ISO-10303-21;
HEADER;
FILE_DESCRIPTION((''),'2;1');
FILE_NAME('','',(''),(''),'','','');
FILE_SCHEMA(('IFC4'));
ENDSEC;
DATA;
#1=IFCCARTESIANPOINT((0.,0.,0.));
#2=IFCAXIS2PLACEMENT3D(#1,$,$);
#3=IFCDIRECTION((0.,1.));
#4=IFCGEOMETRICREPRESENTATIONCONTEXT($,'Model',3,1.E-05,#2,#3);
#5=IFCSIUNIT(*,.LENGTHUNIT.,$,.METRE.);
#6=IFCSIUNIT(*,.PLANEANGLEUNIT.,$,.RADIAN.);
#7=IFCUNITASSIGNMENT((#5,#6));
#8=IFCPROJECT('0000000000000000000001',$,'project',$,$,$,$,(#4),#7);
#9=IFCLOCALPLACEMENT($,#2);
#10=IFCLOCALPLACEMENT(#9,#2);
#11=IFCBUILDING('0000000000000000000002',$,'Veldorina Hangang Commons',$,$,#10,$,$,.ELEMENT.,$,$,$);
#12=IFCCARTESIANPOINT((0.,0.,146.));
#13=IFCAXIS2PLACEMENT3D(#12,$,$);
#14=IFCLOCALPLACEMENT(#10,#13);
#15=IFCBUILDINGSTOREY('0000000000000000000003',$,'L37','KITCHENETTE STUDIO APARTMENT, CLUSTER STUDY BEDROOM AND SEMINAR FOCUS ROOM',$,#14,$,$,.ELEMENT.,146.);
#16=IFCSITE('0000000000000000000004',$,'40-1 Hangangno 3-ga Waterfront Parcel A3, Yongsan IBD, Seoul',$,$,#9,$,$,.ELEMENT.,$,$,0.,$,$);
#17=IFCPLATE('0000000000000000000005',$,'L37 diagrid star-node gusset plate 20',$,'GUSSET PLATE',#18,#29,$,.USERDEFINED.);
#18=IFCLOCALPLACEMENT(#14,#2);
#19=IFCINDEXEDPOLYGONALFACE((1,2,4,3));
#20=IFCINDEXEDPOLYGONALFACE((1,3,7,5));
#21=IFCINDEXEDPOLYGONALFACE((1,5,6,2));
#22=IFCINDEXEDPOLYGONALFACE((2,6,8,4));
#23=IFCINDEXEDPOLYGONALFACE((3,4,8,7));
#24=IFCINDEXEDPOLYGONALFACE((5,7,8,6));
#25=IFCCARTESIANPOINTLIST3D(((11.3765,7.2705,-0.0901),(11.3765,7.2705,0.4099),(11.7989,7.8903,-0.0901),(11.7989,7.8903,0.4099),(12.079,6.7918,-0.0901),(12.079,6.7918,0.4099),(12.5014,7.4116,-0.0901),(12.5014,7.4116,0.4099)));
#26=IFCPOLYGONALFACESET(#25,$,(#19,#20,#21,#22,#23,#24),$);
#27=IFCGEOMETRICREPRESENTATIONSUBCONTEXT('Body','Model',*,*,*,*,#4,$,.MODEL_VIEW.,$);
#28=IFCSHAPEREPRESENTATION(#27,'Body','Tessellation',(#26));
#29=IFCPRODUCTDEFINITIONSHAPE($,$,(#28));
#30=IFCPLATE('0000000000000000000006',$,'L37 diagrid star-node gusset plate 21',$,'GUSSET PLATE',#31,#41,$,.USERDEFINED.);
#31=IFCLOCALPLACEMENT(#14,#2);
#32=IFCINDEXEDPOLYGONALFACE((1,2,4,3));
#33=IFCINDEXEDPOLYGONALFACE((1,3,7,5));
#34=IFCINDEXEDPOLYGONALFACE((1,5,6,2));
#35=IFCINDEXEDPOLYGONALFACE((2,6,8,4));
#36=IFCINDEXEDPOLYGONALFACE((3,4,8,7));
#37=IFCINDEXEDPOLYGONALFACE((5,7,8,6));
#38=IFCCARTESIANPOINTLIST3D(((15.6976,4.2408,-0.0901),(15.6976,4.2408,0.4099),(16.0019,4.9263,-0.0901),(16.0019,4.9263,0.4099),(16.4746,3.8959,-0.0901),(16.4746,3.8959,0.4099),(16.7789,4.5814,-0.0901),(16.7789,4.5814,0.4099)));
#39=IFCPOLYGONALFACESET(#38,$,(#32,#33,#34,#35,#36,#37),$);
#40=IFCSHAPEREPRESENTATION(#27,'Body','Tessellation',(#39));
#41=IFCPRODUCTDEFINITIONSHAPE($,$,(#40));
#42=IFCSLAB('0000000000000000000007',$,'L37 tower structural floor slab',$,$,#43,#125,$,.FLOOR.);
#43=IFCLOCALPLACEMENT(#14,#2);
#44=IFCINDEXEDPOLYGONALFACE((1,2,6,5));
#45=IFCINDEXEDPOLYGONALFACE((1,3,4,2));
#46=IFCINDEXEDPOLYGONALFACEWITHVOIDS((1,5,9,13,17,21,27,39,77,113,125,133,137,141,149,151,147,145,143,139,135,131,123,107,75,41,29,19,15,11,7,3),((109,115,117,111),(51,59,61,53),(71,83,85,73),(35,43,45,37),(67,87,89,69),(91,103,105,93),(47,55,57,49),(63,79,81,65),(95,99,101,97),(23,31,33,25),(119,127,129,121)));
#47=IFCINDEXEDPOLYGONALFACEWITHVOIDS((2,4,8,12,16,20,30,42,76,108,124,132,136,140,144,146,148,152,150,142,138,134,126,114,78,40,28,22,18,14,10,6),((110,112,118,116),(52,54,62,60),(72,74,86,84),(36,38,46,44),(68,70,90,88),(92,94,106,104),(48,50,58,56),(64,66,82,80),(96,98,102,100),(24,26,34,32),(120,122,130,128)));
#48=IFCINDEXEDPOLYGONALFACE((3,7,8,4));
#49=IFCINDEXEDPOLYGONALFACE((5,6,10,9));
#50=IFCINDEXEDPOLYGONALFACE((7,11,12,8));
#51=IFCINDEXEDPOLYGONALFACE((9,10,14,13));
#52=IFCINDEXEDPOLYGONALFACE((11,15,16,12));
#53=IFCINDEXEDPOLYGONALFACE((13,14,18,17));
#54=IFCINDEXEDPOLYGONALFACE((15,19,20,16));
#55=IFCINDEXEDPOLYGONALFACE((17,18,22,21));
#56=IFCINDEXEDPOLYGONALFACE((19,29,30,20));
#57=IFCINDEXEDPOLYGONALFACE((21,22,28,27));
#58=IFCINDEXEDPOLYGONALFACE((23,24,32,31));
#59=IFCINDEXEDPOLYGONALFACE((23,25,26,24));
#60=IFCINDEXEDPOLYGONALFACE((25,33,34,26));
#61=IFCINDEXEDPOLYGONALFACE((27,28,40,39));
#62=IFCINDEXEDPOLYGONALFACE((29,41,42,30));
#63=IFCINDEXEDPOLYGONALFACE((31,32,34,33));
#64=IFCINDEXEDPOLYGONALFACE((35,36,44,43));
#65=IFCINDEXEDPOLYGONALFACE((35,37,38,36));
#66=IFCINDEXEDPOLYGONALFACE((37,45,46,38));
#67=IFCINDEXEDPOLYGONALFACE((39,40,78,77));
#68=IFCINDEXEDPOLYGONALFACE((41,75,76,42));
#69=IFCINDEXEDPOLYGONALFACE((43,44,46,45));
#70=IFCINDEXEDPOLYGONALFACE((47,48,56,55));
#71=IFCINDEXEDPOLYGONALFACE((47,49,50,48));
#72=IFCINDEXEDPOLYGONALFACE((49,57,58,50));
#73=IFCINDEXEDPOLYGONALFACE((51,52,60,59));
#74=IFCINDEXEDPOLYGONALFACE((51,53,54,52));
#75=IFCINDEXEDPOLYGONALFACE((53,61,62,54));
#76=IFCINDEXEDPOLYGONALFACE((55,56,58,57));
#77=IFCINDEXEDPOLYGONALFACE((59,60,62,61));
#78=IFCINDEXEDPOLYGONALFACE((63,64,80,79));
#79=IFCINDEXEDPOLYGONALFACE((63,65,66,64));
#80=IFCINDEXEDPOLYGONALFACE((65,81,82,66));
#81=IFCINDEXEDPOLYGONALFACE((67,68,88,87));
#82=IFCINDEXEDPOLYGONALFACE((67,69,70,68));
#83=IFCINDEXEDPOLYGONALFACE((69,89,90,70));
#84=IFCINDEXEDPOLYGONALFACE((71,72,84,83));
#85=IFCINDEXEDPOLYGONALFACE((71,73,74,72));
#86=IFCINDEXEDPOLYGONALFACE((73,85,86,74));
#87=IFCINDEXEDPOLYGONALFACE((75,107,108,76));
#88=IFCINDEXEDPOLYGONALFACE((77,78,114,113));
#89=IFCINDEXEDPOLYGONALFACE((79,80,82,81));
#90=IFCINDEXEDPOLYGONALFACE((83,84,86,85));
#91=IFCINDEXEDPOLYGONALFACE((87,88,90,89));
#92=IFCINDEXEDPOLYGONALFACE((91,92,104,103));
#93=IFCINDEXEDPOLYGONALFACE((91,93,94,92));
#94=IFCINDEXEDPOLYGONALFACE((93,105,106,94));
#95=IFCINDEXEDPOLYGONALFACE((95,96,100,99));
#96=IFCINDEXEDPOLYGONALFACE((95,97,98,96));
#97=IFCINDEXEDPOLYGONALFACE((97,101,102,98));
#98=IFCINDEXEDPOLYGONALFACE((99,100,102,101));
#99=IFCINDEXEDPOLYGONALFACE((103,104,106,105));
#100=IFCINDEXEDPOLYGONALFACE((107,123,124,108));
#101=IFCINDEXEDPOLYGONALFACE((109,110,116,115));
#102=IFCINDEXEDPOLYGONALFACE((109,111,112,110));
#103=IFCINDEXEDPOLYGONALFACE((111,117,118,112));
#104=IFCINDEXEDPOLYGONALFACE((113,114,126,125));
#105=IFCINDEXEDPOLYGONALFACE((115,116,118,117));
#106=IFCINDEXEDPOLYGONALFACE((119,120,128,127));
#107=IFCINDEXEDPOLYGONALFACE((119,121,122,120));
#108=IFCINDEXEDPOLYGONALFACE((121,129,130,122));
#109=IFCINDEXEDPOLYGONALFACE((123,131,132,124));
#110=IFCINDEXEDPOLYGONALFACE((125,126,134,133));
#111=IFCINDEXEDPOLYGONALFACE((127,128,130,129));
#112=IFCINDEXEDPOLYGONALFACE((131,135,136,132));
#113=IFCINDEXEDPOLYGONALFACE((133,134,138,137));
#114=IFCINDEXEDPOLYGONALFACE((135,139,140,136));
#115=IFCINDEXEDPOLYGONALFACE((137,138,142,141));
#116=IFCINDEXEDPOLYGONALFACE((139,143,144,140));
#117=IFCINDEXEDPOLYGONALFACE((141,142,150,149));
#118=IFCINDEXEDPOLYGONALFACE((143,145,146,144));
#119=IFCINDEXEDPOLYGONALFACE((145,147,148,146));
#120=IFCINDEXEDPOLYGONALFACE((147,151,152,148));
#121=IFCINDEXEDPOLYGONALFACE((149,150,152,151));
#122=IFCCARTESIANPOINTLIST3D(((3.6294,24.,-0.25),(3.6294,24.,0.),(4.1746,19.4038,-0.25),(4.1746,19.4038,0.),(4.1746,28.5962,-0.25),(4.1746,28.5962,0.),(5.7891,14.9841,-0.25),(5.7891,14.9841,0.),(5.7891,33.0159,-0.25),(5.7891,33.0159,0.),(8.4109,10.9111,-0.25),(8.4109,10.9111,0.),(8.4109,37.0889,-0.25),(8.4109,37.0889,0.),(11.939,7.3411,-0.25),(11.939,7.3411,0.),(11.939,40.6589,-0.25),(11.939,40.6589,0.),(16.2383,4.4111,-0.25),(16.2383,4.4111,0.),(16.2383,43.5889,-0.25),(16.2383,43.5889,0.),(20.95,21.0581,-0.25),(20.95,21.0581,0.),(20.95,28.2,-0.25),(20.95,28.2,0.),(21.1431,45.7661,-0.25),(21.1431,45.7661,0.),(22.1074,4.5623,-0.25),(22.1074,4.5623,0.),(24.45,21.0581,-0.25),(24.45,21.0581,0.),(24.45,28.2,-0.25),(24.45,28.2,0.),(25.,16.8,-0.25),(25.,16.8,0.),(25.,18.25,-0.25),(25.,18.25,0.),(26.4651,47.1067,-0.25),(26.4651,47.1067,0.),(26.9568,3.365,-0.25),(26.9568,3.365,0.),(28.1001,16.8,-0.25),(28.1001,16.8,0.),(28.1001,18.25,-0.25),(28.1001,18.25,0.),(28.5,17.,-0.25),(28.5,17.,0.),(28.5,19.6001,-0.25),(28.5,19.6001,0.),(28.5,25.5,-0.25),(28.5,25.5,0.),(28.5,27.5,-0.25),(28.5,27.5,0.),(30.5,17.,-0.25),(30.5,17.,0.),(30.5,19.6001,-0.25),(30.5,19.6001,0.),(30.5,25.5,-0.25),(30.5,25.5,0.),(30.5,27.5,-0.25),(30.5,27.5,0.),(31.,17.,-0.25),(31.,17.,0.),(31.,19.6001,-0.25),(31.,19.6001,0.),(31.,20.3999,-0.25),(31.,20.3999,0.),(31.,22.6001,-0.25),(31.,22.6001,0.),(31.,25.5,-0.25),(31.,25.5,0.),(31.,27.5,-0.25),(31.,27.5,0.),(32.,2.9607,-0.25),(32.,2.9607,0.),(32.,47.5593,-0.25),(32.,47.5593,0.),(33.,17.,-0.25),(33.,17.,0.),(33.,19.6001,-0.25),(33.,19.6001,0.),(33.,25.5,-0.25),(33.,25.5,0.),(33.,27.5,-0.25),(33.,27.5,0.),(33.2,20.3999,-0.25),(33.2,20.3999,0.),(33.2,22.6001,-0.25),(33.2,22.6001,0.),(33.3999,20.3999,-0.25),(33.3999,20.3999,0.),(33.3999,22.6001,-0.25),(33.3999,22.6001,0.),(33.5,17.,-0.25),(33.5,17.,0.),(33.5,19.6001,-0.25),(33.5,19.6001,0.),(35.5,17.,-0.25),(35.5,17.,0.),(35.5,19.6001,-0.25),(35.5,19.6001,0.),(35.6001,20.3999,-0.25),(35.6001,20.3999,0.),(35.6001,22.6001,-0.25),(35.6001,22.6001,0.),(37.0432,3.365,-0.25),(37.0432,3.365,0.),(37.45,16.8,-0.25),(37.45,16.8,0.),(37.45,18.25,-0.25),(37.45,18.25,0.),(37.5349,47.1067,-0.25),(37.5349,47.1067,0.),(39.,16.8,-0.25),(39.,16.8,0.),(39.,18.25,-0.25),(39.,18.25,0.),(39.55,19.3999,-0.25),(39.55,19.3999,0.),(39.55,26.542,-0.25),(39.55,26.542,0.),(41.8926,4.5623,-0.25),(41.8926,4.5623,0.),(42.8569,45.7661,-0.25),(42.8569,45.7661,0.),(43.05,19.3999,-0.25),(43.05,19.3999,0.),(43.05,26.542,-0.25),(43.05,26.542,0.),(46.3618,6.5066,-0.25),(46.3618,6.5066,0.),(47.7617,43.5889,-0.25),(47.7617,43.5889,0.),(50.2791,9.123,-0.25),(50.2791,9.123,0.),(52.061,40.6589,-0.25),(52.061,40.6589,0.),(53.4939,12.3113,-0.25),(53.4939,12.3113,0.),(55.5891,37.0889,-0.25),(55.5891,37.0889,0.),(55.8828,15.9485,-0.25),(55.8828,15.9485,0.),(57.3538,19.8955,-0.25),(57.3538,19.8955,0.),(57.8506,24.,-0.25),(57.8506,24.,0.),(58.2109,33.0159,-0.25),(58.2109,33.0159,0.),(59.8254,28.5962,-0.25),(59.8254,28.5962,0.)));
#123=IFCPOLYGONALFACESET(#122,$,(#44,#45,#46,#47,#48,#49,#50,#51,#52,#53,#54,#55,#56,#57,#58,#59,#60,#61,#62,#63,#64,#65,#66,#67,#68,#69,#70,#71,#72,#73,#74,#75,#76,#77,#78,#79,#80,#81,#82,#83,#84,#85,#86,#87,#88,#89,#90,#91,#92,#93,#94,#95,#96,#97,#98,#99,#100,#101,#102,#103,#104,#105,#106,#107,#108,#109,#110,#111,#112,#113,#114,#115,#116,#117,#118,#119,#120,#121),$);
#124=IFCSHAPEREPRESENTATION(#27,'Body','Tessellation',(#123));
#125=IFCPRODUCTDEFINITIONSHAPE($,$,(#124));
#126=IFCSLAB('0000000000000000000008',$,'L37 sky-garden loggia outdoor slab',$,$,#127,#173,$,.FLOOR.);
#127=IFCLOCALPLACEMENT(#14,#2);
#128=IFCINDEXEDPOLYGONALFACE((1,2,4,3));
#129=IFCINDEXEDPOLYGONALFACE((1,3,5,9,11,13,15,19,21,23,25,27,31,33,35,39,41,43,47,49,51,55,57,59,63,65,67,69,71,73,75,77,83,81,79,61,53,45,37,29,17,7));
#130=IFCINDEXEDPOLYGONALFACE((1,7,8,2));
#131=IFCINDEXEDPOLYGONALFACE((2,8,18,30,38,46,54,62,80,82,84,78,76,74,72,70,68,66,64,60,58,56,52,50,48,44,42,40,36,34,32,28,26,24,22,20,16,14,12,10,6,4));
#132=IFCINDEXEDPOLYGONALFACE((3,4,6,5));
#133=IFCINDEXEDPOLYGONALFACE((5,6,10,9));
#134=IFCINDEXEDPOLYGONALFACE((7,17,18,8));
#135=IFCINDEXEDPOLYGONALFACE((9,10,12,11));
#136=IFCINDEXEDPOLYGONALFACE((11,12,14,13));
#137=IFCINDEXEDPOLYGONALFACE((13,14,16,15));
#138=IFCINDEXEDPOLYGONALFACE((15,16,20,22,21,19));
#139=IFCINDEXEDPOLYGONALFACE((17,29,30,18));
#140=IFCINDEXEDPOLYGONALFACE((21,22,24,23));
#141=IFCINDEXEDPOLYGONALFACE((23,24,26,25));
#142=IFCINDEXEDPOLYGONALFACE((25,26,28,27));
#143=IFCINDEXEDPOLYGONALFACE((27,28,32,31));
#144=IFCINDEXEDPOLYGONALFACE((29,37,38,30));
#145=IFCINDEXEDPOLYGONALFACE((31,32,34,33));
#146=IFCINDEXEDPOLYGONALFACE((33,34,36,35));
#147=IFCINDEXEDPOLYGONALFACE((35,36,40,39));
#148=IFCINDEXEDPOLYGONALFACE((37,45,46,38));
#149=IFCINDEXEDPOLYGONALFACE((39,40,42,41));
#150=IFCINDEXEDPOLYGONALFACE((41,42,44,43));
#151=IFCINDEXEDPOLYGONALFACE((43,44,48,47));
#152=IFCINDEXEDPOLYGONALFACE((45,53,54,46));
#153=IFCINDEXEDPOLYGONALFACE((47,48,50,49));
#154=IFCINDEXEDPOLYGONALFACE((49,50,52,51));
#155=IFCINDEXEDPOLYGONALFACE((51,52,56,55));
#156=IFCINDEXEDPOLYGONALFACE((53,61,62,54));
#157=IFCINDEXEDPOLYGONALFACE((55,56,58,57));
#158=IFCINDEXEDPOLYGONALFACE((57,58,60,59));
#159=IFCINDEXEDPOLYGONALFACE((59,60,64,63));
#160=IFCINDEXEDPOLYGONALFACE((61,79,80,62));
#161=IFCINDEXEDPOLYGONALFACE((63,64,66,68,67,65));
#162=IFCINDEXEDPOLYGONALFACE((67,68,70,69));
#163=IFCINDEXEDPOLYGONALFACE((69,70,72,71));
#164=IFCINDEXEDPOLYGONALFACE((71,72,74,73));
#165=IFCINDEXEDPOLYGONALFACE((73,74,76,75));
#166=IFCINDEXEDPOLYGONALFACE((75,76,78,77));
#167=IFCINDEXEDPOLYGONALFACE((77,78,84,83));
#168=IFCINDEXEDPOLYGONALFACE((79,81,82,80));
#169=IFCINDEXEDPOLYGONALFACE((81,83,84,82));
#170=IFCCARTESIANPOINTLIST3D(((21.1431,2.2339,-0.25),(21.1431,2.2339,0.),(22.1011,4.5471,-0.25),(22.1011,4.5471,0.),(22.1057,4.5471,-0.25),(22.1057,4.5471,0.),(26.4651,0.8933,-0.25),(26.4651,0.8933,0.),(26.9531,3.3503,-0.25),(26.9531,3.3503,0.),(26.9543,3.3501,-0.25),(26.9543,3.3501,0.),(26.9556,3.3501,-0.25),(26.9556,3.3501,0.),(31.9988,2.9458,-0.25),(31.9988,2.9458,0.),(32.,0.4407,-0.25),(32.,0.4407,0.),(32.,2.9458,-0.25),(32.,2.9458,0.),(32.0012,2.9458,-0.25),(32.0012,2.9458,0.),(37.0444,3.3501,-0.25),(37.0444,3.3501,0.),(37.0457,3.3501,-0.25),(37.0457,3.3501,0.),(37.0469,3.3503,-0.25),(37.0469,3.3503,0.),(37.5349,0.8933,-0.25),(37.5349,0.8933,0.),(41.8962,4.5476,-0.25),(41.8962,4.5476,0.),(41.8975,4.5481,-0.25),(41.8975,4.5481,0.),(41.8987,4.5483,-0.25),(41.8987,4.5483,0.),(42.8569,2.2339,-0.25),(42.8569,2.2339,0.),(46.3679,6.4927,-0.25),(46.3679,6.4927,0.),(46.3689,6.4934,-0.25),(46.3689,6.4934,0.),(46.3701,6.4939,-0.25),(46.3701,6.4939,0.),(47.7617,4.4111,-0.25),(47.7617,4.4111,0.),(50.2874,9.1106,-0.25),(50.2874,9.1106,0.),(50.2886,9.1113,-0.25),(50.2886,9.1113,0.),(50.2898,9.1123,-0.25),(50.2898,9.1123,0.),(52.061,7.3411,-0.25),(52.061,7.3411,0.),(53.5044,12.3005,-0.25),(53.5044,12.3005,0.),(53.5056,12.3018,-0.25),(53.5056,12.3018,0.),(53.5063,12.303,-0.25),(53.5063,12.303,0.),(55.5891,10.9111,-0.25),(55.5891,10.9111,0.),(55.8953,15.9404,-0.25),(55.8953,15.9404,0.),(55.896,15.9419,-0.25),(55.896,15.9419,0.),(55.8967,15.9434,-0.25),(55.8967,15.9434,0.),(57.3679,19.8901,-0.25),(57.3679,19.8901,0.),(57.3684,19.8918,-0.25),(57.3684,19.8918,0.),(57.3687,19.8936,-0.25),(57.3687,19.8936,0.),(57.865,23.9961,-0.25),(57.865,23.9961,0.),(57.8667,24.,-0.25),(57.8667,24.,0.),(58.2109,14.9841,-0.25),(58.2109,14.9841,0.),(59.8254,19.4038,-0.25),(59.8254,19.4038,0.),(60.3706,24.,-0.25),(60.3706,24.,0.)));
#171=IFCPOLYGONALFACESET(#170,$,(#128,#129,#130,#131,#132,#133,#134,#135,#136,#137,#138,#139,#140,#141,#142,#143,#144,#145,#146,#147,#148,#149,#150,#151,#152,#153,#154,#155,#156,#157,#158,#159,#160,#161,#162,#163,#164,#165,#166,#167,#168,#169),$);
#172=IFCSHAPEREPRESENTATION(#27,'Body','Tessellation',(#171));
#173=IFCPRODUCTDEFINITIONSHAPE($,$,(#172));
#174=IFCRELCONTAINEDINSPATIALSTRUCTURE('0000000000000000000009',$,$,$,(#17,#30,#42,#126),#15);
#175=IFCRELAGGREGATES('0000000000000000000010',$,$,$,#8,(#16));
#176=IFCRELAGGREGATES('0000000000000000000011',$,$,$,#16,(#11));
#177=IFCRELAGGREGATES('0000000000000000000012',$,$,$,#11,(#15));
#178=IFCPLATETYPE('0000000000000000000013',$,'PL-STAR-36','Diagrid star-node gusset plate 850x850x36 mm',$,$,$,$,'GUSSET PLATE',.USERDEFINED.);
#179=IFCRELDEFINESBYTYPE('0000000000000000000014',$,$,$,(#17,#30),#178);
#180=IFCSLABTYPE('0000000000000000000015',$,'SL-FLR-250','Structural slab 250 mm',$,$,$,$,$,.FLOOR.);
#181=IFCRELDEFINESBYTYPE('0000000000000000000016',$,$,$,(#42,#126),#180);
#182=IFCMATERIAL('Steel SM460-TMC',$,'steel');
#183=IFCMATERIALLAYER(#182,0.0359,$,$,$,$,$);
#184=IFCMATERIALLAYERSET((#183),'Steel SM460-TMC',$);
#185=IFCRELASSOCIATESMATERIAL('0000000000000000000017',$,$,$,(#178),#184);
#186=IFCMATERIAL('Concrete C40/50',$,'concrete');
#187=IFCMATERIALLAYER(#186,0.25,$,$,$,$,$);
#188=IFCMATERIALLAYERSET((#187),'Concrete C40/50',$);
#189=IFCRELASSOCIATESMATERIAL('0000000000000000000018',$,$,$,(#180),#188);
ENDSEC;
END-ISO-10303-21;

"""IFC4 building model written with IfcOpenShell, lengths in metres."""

from ifc_helpers import new_model, si_unit, direction, frame, origin, origin_2d, place, context, subcontext, project, spatial, polyline, rectangle, outline, extrude, material, layer, layer_set, type_object, element, save


model = new_model("IFC4")

# Units and contexts
model_context = context("Model", 3, precision=1e-05, world=origin(), true_north=direction((0.0, 1.0)))
body_context = subcontext(model_context, "Body", "Model", "MODEL_VIEW")
ifc_project = project(units=[si_unit("LENGTHUNIT", "METRE"), si_unit("PLANEANGLEUNIT", "RADIAN")], contexts=[model_context])

# Site, building, storey
site_placement = place(None, origin())
site = spatial("IfcSite", under=ifc_project, at=site_placement, Name="40-1 Hangangno 3-ga Waterfront Parcel A3, Yongsan IBD, Seoul", CompositionType="ELEMENT", RefElevation=0.0)
building_placement = place(site_placement, origin())
building = spatial("IfcBuilding", under=site, at=building_placement, Name="Veldorina Hangang Commons", CompositionType="ELEMENT")
storey_placement = place(building_placement, frame((0.0, 0.0, 146.0)))
storey = spatial("IfcBuildingStorey", under=building, at=storey_placement, Name="L37", Description="KITCHENETTE STUDIO APARTMENT, CLUSTER STUDY BEDROOM AND SEMINAR FOCUS ROOM", CompositionType="ELEMENT", Elevation=146.0)

# Plates
ifc_material_1 = material(Name="Steel SM460-TMC", Category="steel")
ifc_layer_1 = layer(ifc_material_1, 0.0359)
ifc_layer_set_1 = layer_set([ifc_layer_1], Name="Steel SM460-TMC")
plate_type = type_object("IfcPlateType", Name="PL-STAR-36", Description="Diagrid star-node gusset plate 850x850x36 mm", ElementType="GUSSET PLATE", PredefinedType="USERDEFINED", material=ifc_layer_set_1)
for number, where, z_axis, x_axis, name in (
    (1, (11.939, 7.3411, -0.0901), (0.0, 0.0, 1.0), (0.826354, -0.563151, 0.0), "L37 diagrid star-node gusset plate 20"),
    (2, (16.2383, 4.4111, -0.0901), (0.0, 0.0, 1.0), (0.913999, -0.405716, 0.0), "L37 diagrid star-node gusset plate 21"),
):
    element("IfcPlate", number, at=place(storey_placement, frame(where, z_axis=z_axis, x_axis=x_axis)), inside=storey, type_object=plate_type, Name=name, ObjectType="GUSSET PLATE", PredefinedType="USERDEFINED", context=body_context, shape_type="SweptSolid", body=[
        extrude(rectangle(XDim=0.8501, YDim=0.75, at=origin_2d()), origin(), (0.0, 0.0, 1.0), 0.5),
    ])

# Slabs
ifc_material_2 = material(Name="Concrete C40/50", Category="concrete")
ifc_layer_2 = layer(ifc_material_2, 0.25)
ifc_layer_set_2 = layer_set([ifc_layer_2], Name="Concrete C40/50")
slab_type_1 = type_object("IfcSlabType", Name="SL-FLR-250", Description="Structural slab 250 mm", PredefinedType="FLOOR", material=ifc_layer_set_2)
slab_1_placement = place(storey_placement, frame((0.0, 0.0, -0.25)))
element("IfcSlab", 3, at=slab_1_placement, inside=storey, type_object=slab_type_1, Name="L37 tower structural floor slab", PredefinedType="FLOOR", context=body_context, shape_type="SweptSolid", body=[
    extrude(outline(polyline([(57.8506, 24.0), (59.8254, 28.5962), (58.2109, 33.0159), (55.5891, 37.0889), (52.061, 40.6589), (47.7617, 43.5889), (42.8569, 45.7661), (37.5349, 47.1067), (32.0, 47.5593), (26.4651, 47.1067), (21.1431, 45.7661), (16.2383, 43.5889), (11.939, 40.6589), (8.4109, 37.0889), (5.7891, 33.0159), (4.1746, 28.5962), (3.6294, 24.0), (4.1746, 19.4038), (5.7891, 14.9841), (8.4109, 10.9111), (11.939, 7.3411), (16.2383, 4.4111), (22.1074, 4.5623), (26.9568, 3.365), (32.0, 2.9607), (37.0432, 3.365), (41.8926, 4.5623), (46.3618, 6.5066), (50.2791, 9.123), (53.4939, 12.3113), (55.8828, 15.9485), (57.3538, 19.8955), (57.8506, 24.0)]), holes=[polyline([(20.95, 21.0581), (20.95, 28.2), (24.45, 28.2), (24.45, 21.0581), (20.95, 21.0581)]), polyline([(43.05, 26.542), (43.05, 19.3999), (39.55, 19.3999), (39.55, 26.542), (43.05, 26.542)]), polyline([(28.5, 27.5), (30.5, 27.5), (30.5, 25.5), (28.5, 25.5), (28.5, 27.5)]), polyline([(31.0, 27.5), (33.0, 27.5), (33.0, 25.5), (31.0, 25.5), (31.0, 27.5)]), polyline([(31.0, 22.6001), (33.2, 22.6001), (33.2, 20.3999), (31.0, 20.3999), (31.0, 22.6001)]), polyline([(33.3999, 22.6001), (35.6001, 22.6001), (35.6001, 20.3999), (33.3999, 20.3999), (33.3999, 22.6001)]), polyline([(28.5, 19.6001), (30.5, 19.6001), (30.5, 17.0), (28.5, 17.0), (28.5, 19.6001)]), polyline([(31.0, 19.6001), (33.0, 19.6001), (33.0, 17.0), (31.0, 17.0), (31.0, 19.6001)]), polyline([(33.5, 19.6001), (35.5, 19.6001), (35.5, 17.0), (33.5, 17.0), (33.5, 19.6001)]), polyline([(25.0, 18.25), (28.1001, 18.25), (28.1001, 16.8), (25.0, 16.8), (25.0, 18.25)]), polyline([(37.45, 18.25), (39.0, 18.25), (39.0, 16.8), (37.45, 16.8), (37.45, 18.25)])]), origin(), (0.0, 0.0, 1.0), 0.25),
])
slab_2_placement = place(storey_placement, frame((0.0, 0.0, -0.25)))
element("IfcSlab", 4, at=slab_2_placement, inside=storey, type_object=slab_type_1, Name="L37 sky-garden loggia outdoor slab", PredefinedType="FLOOR", context=body_context, shape_type="SweptSolid", body=[
    extrude(outline(polyline([(60.3706, 24.0), (59.8254, 19.4038), (58.2109, 14.9841), (55.5891, 10.9111), (52.061, 7.3411), (47.7617, 4.4111), (42.8569, 2.2339), (37.5349, 0.8933), (32.0, 0.4407), (26.4651, 0.8933), (21.1431, 2.2339), (22.1011, 4.5471), (22.1057, 4.5471), (26.9531, 3.3503), (26.9543, 3.3501), (26.9556, 3.3501), (31.9988, 2.9458), (32.0, 2.9458), (32.0012, 2.9458), (37.0444, 3.3501), (37.0457, 3.3501), (37.0469, 3.3503), (41.8962, 4.5476), (41.8975, 4.5481), (41.8987, 4.5483), (46.3679, 6.4927), (46.3689, 6.4934), (46.3701, 6.4939), (50.2874, 9.1106), (50.2886, 9.1113), (50.2898, 9.1123), (53.5044, 12.3005), (53.5056, 12.3018), (53.5063, 12.303), (55.8953, 15.9404), (55.896, 15.9419), (55.8967, 15.9434), (57.3679, 19.8901), (57.3684, 19.8918), (57.3687, 19.8936), (57.865, 23.9961), (57.8667, 24.0), (60.3706, 24.0)])), origin(), (0.0, 0.0, 1.0), 0.25),
])

save(model, "model.ifc")
